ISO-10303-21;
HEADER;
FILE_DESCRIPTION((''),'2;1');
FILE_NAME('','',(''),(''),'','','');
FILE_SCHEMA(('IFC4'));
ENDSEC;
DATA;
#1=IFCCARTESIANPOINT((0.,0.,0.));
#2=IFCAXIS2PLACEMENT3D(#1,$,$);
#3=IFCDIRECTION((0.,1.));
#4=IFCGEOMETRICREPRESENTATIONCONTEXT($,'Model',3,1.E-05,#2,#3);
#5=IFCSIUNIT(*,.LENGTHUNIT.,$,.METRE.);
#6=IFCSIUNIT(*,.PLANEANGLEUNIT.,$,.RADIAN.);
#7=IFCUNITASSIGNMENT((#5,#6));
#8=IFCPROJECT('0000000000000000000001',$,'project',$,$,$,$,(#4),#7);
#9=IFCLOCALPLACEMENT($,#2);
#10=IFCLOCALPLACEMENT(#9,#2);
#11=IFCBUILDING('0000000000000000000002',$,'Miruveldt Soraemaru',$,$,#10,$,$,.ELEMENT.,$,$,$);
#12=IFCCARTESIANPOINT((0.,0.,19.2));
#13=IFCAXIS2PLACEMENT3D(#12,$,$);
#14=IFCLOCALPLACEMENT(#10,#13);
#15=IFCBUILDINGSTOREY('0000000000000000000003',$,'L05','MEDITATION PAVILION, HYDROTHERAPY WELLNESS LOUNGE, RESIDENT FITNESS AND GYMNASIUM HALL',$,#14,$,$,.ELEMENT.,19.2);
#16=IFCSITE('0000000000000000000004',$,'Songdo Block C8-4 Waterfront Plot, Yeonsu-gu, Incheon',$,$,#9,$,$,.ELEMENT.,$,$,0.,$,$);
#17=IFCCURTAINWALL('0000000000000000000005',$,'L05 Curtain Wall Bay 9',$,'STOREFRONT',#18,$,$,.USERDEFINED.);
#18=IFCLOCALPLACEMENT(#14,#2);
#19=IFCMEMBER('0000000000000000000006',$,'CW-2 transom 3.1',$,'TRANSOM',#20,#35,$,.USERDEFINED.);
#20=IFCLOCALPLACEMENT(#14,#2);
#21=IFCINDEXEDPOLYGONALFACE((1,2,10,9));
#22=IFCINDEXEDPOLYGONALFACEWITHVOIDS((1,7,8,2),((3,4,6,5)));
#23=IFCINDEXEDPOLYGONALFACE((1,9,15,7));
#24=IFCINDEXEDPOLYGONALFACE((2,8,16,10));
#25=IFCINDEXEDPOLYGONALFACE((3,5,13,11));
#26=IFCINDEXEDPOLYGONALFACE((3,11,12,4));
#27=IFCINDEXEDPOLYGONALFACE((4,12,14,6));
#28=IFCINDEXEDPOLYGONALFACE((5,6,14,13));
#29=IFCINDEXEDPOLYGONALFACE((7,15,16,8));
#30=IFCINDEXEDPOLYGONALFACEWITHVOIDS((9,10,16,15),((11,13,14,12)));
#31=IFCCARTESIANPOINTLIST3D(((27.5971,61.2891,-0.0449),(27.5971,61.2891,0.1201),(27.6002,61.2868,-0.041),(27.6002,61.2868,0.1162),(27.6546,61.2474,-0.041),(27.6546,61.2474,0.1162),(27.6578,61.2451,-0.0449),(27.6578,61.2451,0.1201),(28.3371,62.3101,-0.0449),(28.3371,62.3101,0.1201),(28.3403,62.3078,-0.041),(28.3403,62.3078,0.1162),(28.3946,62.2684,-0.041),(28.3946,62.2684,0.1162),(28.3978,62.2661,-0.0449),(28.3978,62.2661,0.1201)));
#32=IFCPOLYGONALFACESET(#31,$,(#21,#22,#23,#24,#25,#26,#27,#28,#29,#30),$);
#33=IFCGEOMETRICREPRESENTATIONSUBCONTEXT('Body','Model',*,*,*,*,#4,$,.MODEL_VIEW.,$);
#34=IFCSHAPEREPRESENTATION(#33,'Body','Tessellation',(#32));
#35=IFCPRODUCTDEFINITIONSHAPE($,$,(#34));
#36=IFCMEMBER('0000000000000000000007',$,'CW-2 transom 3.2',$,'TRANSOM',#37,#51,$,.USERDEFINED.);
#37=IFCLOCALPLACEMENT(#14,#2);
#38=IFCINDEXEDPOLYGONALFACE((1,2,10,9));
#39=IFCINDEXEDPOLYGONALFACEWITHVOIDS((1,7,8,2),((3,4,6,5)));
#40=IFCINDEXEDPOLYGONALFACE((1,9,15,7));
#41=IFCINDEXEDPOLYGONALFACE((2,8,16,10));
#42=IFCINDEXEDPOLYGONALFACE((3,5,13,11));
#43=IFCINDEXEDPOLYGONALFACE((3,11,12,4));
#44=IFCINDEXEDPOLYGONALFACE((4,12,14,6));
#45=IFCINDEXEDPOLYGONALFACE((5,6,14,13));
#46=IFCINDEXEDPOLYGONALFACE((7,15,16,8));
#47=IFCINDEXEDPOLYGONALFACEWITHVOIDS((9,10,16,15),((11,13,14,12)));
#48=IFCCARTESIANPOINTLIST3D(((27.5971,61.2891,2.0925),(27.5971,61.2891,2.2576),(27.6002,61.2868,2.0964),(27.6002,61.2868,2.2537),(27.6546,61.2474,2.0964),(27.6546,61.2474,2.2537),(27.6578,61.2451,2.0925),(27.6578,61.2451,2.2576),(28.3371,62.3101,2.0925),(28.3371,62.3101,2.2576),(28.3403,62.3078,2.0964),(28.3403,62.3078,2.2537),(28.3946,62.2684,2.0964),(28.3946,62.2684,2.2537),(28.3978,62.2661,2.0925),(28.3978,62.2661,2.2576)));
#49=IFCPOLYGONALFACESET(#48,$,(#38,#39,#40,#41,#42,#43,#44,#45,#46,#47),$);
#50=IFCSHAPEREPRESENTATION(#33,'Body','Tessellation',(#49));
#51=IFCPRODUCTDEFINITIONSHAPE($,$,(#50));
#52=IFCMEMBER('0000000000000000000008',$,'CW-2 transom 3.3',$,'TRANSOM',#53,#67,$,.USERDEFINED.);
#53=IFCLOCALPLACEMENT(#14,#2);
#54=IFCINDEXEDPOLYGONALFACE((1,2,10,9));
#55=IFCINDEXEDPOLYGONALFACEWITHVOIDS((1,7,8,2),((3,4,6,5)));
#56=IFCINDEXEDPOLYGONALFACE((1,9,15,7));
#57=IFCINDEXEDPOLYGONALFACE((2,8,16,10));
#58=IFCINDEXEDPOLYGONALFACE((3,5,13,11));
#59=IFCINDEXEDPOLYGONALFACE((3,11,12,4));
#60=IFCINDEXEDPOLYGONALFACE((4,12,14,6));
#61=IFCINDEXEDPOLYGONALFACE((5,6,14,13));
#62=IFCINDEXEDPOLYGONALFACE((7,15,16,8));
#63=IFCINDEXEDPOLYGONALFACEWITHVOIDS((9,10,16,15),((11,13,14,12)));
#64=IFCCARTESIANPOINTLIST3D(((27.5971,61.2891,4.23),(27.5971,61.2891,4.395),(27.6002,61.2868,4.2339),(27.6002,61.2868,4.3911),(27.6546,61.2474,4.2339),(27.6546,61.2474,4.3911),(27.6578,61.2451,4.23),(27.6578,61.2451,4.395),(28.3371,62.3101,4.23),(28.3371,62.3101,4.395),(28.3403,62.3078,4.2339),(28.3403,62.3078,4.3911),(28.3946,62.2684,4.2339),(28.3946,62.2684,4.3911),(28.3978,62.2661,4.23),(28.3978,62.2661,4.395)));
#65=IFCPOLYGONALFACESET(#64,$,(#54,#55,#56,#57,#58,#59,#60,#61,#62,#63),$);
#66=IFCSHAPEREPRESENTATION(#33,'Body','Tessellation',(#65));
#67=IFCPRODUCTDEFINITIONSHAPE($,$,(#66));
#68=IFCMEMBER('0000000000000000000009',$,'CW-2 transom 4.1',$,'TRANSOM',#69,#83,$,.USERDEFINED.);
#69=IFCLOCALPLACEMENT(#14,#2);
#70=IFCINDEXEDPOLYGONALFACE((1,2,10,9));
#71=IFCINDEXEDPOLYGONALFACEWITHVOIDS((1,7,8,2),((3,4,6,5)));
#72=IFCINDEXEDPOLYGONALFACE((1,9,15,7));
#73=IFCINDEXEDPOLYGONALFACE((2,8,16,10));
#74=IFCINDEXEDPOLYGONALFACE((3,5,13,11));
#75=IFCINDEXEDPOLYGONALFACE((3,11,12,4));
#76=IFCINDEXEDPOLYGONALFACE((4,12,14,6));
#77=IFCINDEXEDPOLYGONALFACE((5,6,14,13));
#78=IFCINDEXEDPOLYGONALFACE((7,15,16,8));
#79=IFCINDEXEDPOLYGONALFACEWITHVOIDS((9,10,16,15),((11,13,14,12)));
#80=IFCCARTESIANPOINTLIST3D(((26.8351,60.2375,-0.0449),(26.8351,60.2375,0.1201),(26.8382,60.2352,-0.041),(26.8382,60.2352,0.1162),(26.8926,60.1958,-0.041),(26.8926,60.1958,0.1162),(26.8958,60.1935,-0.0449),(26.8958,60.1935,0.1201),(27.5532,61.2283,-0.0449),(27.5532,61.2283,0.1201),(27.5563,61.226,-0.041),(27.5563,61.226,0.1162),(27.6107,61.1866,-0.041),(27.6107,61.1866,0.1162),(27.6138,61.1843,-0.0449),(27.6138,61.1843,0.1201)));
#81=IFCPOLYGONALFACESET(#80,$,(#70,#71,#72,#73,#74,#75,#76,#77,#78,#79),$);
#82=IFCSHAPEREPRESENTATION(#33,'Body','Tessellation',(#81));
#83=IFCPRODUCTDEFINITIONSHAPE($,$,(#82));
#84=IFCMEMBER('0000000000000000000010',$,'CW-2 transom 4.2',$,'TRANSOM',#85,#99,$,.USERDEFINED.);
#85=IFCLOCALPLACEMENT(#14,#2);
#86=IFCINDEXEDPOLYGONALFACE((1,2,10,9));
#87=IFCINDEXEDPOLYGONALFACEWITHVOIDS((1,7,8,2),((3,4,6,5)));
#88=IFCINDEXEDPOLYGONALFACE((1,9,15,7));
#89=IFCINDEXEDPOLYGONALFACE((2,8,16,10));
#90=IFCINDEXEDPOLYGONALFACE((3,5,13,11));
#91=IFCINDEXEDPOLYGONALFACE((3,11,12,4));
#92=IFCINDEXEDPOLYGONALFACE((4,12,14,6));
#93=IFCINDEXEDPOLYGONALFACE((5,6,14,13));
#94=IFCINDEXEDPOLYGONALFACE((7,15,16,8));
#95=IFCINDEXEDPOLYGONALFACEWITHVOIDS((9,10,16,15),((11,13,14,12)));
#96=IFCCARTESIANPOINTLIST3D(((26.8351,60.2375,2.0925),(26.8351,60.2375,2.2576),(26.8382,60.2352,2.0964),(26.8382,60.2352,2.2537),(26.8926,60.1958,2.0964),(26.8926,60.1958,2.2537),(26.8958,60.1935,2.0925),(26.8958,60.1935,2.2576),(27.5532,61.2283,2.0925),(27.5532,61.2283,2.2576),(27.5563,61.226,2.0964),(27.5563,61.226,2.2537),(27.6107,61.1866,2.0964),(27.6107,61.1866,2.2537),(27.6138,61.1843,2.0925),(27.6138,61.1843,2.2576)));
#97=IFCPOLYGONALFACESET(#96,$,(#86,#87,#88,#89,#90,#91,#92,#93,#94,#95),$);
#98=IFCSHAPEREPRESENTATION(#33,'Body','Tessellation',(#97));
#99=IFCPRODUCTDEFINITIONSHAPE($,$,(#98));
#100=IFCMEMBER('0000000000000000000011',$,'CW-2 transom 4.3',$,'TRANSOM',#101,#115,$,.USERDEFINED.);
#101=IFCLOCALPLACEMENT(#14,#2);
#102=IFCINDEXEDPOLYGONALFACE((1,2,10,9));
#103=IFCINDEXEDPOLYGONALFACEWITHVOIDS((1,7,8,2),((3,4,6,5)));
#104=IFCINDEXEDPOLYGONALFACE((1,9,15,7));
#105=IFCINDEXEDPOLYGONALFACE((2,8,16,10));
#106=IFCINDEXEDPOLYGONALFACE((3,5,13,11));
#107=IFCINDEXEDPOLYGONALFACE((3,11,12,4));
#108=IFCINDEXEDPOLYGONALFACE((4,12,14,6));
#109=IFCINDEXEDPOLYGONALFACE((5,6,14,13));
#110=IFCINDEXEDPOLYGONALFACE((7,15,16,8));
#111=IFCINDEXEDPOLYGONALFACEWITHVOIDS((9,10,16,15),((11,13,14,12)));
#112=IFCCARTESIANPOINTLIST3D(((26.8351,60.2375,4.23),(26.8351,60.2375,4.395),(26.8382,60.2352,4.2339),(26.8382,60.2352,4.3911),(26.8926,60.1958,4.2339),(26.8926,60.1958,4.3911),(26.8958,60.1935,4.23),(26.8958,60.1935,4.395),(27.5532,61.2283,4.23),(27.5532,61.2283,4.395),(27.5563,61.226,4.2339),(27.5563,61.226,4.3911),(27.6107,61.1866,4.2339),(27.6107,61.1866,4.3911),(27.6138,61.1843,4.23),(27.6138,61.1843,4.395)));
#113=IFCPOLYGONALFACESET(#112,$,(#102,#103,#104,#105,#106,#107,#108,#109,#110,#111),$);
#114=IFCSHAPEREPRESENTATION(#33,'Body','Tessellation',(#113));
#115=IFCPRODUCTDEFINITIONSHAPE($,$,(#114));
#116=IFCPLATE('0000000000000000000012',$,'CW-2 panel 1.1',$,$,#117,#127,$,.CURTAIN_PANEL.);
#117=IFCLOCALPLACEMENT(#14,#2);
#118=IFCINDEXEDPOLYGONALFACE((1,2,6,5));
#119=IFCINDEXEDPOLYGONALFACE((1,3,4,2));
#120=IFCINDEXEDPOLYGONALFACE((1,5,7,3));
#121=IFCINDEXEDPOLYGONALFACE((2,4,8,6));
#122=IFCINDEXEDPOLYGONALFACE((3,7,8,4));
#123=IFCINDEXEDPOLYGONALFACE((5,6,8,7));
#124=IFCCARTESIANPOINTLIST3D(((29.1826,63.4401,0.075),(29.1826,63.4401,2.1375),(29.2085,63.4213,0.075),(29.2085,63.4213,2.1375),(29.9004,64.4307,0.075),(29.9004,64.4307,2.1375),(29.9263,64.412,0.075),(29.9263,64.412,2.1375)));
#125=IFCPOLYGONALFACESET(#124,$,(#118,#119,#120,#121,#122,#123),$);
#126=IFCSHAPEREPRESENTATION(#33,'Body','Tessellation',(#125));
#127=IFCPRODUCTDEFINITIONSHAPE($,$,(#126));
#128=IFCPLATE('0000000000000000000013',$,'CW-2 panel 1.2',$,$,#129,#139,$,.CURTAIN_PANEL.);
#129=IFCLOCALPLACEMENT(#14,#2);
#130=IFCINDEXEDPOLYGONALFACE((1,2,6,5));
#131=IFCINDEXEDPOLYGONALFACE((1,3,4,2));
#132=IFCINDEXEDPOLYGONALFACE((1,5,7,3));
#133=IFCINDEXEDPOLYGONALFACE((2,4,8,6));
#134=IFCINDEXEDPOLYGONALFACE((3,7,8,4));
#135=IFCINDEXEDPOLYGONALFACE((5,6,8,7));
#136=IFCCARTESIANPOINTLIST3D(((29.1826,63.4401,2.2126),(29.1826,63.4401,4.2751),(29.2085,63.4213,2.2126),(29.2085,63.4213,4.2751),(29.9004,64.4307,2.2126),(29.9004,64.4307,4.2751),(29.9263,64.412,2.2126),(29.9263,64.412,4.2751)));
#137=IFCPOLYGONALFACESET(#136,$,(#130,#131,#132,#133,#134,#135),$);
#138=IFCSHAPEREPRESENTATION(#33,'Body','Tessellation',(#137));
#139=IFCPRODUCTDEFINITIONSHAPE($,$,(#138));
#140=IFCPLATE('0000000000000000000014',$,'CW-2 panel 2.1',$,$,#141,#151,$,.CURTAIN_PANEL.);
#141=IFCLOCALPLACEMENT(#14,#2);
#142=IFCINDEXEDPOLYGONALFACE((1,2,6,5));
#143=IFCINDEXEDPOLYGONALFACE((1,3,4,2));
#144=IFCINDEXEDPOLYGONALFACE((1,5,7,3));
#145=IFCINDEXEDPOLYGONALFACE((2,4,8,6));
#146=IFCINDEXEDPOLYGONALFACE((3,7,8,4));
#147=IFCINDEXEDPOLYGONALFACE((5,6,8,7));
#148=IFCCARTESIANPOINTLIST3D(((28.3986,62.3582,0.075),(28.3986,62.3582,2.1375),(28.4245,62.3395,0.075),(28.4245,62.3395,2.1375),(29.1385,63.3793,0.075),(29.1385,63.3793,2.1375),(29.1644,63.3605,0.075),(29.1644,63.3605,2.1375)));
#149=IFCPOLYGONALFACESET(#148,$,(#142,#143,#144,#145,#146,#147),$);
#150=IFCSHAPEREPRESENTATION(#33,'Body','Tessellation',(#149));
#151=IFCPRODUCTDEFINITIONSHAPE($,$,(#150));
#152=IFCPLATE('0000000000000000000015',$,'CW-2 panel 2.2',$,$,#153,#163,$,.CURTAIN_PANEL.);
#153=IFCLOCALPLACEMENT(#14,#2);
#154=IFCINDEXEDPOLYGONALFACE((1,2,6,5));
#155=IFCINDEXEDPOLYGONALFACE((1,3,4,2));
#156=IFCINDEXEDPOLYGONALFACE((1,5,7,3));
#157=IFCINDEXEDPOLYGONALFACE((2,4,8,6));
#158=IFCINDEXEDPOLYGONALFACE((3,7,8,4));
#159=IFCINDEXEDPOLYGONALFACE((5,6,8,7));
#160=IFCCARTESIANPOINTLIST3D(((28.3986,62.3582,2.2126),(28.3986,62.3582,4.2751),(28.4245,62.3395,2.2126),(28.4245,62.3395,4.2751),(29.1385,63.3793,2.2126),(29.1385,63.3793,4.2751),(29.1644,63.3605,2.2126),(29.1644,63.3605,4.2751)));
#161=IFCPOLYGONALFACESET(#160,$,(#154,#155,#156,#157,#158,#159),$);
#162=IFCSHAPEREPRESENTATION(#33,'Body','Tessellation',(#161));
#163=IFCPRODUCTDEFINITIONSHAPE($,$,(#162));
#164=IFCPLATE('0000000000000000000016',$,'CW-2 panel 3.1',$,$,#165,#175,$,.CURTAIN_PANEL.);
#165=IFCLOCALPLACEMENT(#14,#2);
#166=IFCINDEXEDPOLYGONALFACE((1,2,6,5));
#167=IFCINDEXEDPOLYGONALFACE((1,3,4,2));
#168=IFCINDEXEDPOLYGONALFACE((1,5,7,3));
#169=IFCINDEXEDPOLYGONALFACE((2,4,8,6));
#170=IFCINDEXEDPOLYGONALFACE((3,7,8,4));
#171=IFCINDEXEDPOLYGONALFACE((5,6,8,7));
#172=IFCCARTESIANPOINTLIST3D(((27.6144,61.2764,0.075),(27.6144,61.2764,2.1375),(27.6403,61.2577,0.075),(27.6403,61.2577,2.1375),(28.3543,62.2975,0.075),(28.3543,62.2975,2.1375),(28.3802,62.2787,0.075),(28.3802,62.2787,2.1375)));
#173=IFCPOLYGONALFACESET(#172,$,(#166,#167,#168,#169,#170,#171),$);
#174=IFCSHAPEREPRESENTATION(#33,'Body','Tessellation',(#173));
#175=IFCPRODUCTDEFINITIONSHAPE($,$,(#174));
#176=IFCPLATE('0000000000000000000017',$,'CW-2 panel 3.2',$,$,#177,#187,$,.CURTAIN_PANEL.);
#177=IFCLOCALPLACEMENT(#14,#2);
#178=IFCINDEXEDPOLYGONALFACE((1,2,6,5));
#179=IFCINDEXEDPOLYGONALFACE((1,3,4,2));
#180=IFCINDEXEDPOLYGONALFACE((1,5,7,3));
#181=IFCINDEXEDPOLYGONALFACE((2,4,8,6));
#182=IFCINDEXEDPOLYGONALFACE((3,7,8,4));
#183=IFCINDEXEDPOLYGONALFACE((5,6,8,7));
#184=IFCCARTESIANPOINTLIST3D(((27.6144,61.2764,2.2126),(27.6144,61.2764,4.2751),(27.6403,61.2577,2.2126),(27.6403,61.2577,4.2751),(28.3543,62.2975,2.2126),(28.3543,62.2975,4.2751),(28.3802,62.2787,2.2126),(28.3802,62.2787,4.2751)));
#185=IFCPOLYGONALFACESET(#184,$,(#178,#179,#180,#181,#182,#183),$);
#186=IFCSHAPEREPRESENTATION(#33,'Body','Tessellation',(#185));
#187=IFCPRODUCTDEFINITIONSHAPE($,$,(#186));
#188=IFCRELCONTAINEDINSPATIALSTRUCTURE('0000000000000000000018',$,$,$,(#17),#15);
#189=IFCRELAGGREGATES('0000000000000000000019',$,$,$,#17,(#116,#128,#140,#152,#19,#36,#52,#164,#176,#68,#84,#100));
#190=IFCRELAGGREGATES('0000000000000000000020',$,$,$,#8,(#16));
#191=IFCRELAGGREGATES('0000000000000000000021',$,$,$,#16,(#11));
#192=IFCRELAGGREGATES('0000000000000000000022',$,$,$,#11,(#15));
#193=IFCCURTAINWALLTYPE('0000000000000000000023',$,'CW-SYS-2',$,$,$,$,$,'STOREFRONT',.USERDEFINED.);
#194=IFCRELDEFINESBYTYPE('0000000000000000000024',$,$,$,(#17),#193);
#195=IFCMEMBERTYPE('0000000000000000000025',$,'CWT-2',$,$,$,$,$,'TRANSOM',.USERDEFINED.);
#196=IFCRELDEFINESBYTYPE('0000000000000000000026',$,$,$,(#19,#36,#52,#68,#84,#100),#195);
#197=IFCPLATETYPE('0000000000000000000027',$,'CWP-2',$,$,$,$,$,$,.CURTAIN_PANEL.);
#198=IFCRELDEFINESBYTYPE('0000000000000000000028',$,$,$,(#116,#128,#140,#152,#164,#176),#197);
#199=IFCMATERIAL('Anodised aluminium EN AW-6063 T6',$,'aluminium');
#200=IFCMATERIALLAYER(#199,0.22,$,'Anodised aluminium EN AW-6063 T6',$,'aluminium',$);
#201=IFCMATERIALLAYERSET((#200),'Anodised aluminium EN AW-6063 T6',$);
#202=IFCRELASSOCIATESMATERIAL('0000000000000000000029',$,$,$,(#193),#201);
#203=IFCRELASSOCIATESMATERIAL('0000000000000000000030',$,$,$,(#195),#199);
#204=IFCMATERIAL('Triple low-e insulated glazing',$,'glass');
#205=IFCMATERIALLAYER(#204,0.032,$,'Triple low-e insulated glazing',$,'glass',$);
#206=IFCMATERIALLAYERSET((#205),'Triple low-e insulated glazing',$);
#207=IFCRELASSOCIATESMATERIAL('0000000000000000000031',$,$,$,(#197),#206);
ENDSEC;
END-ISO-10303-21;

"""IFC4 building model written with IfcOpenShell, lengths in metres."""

from ifc_helpers import new_model, si_unit, direction, frame, origin, origin_2d, place, context, subcontext, project, spatial, rectangle, hollow_rectangle, extrude, material, layer, layer_set, material_profile, profile_set, type_object, element, aggregate, save


model = new_model("IFC4")

# Units and contexts
model_context = context("Model", 3, precision=1e-05, world=origin(), true_north=direction((0.0, 1.0)))
body_context = subcontext(model_context, "Body", "Model", "MODEL_VIEW")
ifc_project = project(units=[si_unit("LENGTHUNIT", "METRE"), si_unit("PLANEANGLEUNIT", "RADIAN")], contexts=[model_context])

# Site, building, storey
site_placement = place(None, origin())
site = spatial("IfcSite", under=ifc_project, at=site_placement, Name="Songdo Block C8-4 Waterfront Plot, Yeonsu-gu, Incheon", CompositionType="ELEMENT", RefElevation=0.0)
building_placement = place(site_placement, origin())
building = spatial("IfcBuilding", under=site, at=building_placement, Name="Miruveldt Soraemaru", CompositionType="ELEMENT")
storey_placement = place(building_placement, frame((0.0, 0.0, 19.2)))
storey = spatial("IfcBuildingStorey", under=building, at=storey_placement, Name="L05", Description="MEDITATION PAVILION, HYDROTHERAPY WELLNESS LOUNGE, RESIDENT FITNESS AND GYMNASIUM HALL", CompositionType="ELEMENT", Elevation=19.2)

# Curtain wall, members, plates
ifc_material_1 = material(Name="Anodised aluminium EN AW-6063 T6", Category="aluminium")
ifc_layer_1 = layer(ifc_material_1, 0.22, Name="Anodised aluminium EN AW-6063 T6", Category="aluminium")
ifc_layer_set_1 = layer_set([ifc_layer_1], Name="Anodised aluminium EN AW-6063 T6")
curtain_wall_type = type_object("IfcCurtainWallType", Name="CW-SYS-2", ElementType="STOREFRONT", PredefinedType="USERDEFINED", material=ifc_layer_set_1)
curtain_wall_placement = place(storey_placement, origin())
curtain_wall = element("IfcCurtainWall", 1, at=curtain_wall_placement, inside=storey, type_object=curtain_wall_type, Name="L05 Curtain Wall Bay 9", ObjectType="STOREFRONT", PredefinedType="USERDEFINED")
ifc_material_profile_1 = material_profile(ifc_material_1, hollow_rectangle(XDim=0.075, YDim=0.165, WallThickness=0.0039, at=origin_2d()), Name="Anodised aluminium EN AW-6063 T6", Category="aluminium")
ifc_profile_set_1 = profile_set([ifc_material_profile_1], Name="Anodised aluminium EN AW-6063 T6")
member_type_1 = type_object("IfcMemberType", Name="CWT-2", ElementType="TRANSOM", PredefinedType="USERDEFINED", material=ifc_profile_set_1)
member_1_placement = place(storey_placement, frame((28.3674, 62.2881, 0.0376), z_axis=(-0.586847, -0.809698, 0.0), x_axis=(0.809698, -0.586847, 0.0)))
member_1 = element("IfcMember", 2, at=member_1_placement, type_object=member_type_1, Name="CW-2 transom 3.1", ObjectType="TRANSOM", PredefinedType="USERDEFINED", context=body_context, shape_type="SweptSolid", body=[
    extrude(hollow_rectangle(XDim=0.075, YDim=0.165, WallThickness=0.0039, at=origin_2d()), origin(), (0.0, 0.0, 1.0), 1.261),
])
member_2_placement = place(storey_placement, frame((28.3674, 62.2881, 2.175), z_axis=(-0.586847, -0.809698, 0.0), x_axis=(0.809698, -0.586847, 0.0)))
member_2 = element("IfcMember", 3, at=member_2_placement, type_object=member_type_1, Name="CW-2 transom 3.2", ObjectType="TRANSOM", PredefinedType="USERDEFINED", context=body_context, shape_type="SweptSolid", body=[
    extrude(hollow_rectangle(XDim=0.075, YDim=0.165, WallThickness=0.0039, at=origin_2d()), origin(), (0.0, 0.0, 1.0), 1.261),
])
member_3_placement = place(storey_placement, frame((28.3674, 62.2881, 4.3125), z_axis=(-0.586847, -0.809698, 0.0), x_axis=(0.809698, -0.586847, 0.0)))
member_3 = element("IfcMember", 4, at=member_3_placement, type_object=member_type_1, Name="CW-2 transom 3.3", ObjectType="TRANSOM", PredefinedType="USERDEFINED", context=body_context, shape_type="SweptSolid", body=[
    extrude(hollow_rectangle(XDim=0.075, YDim=0.165, WallThickness=0.0039, at=origin_2d()), origin(), (0.0, 0.0, 1.0), 1.261),
])
member_4_placement = place(storey_placement, frame((27.5835, 61.2063, 0.0376), z_axis=(-0.58683, -0.80971, 0.0), x_axis=(0.80971, -0.58683, 0.0)))
member_4 = element("IfcMember", 5, at=member_4_placement, type_object=member_type_1, Name="CW-2 transom 4.1", ObjectType="TRANSOM", PredefinedType="USERDEFINED", context=body_context, shape_type="SweptSolid", body=[
    extrude(hollow_rectangle(XDim=0.075, YDim=0.165, WallThickness=0.0039, at=origin_2d()), origin(), (0.0, 0.0, 1.0), 1.2236),
])
member_5_placement = place(storey_placement, frame((27.5835, 61.2063, 2.175), z_axis=(-0.58683, -0.80971, 0.0), x_axis=(0.80971, -0.58683, 0.0)))
member_5 = element("IfcMember", 6, at=member_5_placement, type_object=member_type_1, Name="CW-2 transom 4.2", ObjectType="TRANSOM", PredefinedType="USERDEFINED", context=body_context, shape_type="SweptSolid", body=[
    extrude(hollow_rectangle(XDim=0.075, YDim=0.165, WallThickness=0.0039, at=origin_2d()), origin(), (0.0, 0.0, 1.0), 1.2236),
])
member_6_placement = place(storey_placement, frame((27.5835, 61.2063, 4.3125), z_axis=(-0.58683, -0.80971, 0.0), x_axis=(0.80971, -0.58683, 0.0)))
member_6 = element("IfcMember", 7, at=member_6_placement, type_object=member_type_1, Name="CW-2 transom 4.3", ObjectType="TRANSOM", PredefinedType="USERDEFINED", context=body_context, shape_type="SweptSolid", body=[
    extrude(hollow_rectangle(XDim=0.075, YDim=0.165, WallThickness=0.0039, at=origin_2d()), origin(), (0.0, 0.0, 1.0), 1.2236),
])
ifc_material_2 = material(Name="Triple low-e insulated glazing", Category="glass")
ifc_layer_2 = layer(ifc_material_2, 0.032, Name="Triple low-e insulated glazing", Category="glass")
ifc_layer_set_2 = layer_set([ifc_layer_2], Name="Triple low-e insulated glazing")
plate_type_1 = type_object("IfcPlateType", Name="CWP-2", PredefinedType="CURTAIN_PANEL", material=ifc_layer_set_2)
plate_1_placement = place(storey_placement, frame((29.5544, 63.926, 0.075), z_axis=(0.0, 0.0, 1.0), x_axis=(-0.586784, -0.809743, 0.0)))
plate_1 = element("IfcPlate", 8, at=plate_1_placement, type_object=plate_type_1, Name="CW-2 panel 1.1", PredefinedType="CURTAIN_PANEL", context=body_context, shape_type="SweptSolid", body=[
    extrude(rectangle(XDim=1.2234, YDim=0.032, at=origin_2d()), origin(), (0.0, 0.0, 1.0), 2.0625),
])
plate_2_placement = place(storey_placement, frame((29.5544, 63.926, 2.2126), z_axis=(0.0, 0.0, 1.0), x_axis=(-0.586784, -0.809743, 0.0)))
plate_2 = element("IfcPlate", 9, at=plate_2_placement, type_object=plate_type_1, Name="CW-2 panel 1.2", PredefinedType="CURTAIN_PANEL", context=body_context, shape_type="SweptSolid", body=[
    extrude(rectangle(XDim=1.2234, YDim=0.032, at=origin_2d()), origin(), (0.0, 0.0, 1.0), 2.0625),
])
plate_3_placement = place(storey_placement, frame((28.7815, 62.8594, 0.075), z_axis=(0.0, 0.0, 1.0), x_axis=(-0.586784, -0.809743, 0.0)))
plate_3 = element("IfcPlate", 10, at=plate_3_placement, type_object=plate_type_1, Name="CW-2 panel 2.1", PredefinedType="CURTAIN_PANEL", context=body_context, shape_type="SweptSolid", body=[
    extrude(rectangle(XDim=1.261, YDim=0.032, at=origin_2d()), origin(), (0.0, 0.0, 1.0), 2.0625),
])
plate_4_placement = place(storey_placement, frame((28.7815, 62.8594, 2.2126), z_axis=(0.0, 0.0, 1.0), x_axis=(-0.586784, -0.809743, 0.0)))
plate_4 = element("IfcPlate", 11, at=plate_4_placement, type_object=plate_type_1, Name="CW-2 panel 2.2", PredefinedType="CURTAIN_PANEL", context=body_context, shape_type="SweptSolid", body=[
    extrude(rectangle(XDim=1.261, YDim=0.032, at=origin_2d()), origin(), (0.0, 0.0, 1.0), 2.0625),
])
plate_5_placement = place(storey_placement, frame((27.9973, 61.7776, 0.075), z_axis=(0.0, 0.0, 1.0), x_axis=(-0.586784, -0.809743, 0.0)))
plate_5 = element("IfcPlate", 12, at=plate_5_placement, type_object=plate_type_1, Name="CW-2 panel 3.1", PredefinedType="CURTAIN_PANEL", context=body_context, shape_type="SweptSolid", body=[
    extrude(rectangle(XDim=1.261, YDim=0.032, at=origin_2d()), origin(), (0.0, 0.0, 1.0), 2.0625),
])
plate_6_placement = place(storey_placement, frame((27.9973, 61.7776, 2.2126), z_axis=(0.0, 0.0, 1.0), x_axis=(-0.586784, -0.809743, 0.0)))
plate_6 = element("IfcPlate", 13, at=plate_6_placement, type_object=plate_type_1, Name="CW-2 panel 3.2", PredefinedType="CURTAIN_PANEL", context=body_context, shape_type="SweptSolid", body=[
    extrude(rectangle(XDim=1.261, YDim=0.032, at=origin_2d()), origin(), (0.0, 0.0, 1.0), 2.0625),
])
aggregate(curtain_wall, [plate_1, plate_2, plate_3, plate_4, member_1, member_2, member_3, plate_5, plate_6, member_4, member_5, member_6])

save(model, "model.ifc")
